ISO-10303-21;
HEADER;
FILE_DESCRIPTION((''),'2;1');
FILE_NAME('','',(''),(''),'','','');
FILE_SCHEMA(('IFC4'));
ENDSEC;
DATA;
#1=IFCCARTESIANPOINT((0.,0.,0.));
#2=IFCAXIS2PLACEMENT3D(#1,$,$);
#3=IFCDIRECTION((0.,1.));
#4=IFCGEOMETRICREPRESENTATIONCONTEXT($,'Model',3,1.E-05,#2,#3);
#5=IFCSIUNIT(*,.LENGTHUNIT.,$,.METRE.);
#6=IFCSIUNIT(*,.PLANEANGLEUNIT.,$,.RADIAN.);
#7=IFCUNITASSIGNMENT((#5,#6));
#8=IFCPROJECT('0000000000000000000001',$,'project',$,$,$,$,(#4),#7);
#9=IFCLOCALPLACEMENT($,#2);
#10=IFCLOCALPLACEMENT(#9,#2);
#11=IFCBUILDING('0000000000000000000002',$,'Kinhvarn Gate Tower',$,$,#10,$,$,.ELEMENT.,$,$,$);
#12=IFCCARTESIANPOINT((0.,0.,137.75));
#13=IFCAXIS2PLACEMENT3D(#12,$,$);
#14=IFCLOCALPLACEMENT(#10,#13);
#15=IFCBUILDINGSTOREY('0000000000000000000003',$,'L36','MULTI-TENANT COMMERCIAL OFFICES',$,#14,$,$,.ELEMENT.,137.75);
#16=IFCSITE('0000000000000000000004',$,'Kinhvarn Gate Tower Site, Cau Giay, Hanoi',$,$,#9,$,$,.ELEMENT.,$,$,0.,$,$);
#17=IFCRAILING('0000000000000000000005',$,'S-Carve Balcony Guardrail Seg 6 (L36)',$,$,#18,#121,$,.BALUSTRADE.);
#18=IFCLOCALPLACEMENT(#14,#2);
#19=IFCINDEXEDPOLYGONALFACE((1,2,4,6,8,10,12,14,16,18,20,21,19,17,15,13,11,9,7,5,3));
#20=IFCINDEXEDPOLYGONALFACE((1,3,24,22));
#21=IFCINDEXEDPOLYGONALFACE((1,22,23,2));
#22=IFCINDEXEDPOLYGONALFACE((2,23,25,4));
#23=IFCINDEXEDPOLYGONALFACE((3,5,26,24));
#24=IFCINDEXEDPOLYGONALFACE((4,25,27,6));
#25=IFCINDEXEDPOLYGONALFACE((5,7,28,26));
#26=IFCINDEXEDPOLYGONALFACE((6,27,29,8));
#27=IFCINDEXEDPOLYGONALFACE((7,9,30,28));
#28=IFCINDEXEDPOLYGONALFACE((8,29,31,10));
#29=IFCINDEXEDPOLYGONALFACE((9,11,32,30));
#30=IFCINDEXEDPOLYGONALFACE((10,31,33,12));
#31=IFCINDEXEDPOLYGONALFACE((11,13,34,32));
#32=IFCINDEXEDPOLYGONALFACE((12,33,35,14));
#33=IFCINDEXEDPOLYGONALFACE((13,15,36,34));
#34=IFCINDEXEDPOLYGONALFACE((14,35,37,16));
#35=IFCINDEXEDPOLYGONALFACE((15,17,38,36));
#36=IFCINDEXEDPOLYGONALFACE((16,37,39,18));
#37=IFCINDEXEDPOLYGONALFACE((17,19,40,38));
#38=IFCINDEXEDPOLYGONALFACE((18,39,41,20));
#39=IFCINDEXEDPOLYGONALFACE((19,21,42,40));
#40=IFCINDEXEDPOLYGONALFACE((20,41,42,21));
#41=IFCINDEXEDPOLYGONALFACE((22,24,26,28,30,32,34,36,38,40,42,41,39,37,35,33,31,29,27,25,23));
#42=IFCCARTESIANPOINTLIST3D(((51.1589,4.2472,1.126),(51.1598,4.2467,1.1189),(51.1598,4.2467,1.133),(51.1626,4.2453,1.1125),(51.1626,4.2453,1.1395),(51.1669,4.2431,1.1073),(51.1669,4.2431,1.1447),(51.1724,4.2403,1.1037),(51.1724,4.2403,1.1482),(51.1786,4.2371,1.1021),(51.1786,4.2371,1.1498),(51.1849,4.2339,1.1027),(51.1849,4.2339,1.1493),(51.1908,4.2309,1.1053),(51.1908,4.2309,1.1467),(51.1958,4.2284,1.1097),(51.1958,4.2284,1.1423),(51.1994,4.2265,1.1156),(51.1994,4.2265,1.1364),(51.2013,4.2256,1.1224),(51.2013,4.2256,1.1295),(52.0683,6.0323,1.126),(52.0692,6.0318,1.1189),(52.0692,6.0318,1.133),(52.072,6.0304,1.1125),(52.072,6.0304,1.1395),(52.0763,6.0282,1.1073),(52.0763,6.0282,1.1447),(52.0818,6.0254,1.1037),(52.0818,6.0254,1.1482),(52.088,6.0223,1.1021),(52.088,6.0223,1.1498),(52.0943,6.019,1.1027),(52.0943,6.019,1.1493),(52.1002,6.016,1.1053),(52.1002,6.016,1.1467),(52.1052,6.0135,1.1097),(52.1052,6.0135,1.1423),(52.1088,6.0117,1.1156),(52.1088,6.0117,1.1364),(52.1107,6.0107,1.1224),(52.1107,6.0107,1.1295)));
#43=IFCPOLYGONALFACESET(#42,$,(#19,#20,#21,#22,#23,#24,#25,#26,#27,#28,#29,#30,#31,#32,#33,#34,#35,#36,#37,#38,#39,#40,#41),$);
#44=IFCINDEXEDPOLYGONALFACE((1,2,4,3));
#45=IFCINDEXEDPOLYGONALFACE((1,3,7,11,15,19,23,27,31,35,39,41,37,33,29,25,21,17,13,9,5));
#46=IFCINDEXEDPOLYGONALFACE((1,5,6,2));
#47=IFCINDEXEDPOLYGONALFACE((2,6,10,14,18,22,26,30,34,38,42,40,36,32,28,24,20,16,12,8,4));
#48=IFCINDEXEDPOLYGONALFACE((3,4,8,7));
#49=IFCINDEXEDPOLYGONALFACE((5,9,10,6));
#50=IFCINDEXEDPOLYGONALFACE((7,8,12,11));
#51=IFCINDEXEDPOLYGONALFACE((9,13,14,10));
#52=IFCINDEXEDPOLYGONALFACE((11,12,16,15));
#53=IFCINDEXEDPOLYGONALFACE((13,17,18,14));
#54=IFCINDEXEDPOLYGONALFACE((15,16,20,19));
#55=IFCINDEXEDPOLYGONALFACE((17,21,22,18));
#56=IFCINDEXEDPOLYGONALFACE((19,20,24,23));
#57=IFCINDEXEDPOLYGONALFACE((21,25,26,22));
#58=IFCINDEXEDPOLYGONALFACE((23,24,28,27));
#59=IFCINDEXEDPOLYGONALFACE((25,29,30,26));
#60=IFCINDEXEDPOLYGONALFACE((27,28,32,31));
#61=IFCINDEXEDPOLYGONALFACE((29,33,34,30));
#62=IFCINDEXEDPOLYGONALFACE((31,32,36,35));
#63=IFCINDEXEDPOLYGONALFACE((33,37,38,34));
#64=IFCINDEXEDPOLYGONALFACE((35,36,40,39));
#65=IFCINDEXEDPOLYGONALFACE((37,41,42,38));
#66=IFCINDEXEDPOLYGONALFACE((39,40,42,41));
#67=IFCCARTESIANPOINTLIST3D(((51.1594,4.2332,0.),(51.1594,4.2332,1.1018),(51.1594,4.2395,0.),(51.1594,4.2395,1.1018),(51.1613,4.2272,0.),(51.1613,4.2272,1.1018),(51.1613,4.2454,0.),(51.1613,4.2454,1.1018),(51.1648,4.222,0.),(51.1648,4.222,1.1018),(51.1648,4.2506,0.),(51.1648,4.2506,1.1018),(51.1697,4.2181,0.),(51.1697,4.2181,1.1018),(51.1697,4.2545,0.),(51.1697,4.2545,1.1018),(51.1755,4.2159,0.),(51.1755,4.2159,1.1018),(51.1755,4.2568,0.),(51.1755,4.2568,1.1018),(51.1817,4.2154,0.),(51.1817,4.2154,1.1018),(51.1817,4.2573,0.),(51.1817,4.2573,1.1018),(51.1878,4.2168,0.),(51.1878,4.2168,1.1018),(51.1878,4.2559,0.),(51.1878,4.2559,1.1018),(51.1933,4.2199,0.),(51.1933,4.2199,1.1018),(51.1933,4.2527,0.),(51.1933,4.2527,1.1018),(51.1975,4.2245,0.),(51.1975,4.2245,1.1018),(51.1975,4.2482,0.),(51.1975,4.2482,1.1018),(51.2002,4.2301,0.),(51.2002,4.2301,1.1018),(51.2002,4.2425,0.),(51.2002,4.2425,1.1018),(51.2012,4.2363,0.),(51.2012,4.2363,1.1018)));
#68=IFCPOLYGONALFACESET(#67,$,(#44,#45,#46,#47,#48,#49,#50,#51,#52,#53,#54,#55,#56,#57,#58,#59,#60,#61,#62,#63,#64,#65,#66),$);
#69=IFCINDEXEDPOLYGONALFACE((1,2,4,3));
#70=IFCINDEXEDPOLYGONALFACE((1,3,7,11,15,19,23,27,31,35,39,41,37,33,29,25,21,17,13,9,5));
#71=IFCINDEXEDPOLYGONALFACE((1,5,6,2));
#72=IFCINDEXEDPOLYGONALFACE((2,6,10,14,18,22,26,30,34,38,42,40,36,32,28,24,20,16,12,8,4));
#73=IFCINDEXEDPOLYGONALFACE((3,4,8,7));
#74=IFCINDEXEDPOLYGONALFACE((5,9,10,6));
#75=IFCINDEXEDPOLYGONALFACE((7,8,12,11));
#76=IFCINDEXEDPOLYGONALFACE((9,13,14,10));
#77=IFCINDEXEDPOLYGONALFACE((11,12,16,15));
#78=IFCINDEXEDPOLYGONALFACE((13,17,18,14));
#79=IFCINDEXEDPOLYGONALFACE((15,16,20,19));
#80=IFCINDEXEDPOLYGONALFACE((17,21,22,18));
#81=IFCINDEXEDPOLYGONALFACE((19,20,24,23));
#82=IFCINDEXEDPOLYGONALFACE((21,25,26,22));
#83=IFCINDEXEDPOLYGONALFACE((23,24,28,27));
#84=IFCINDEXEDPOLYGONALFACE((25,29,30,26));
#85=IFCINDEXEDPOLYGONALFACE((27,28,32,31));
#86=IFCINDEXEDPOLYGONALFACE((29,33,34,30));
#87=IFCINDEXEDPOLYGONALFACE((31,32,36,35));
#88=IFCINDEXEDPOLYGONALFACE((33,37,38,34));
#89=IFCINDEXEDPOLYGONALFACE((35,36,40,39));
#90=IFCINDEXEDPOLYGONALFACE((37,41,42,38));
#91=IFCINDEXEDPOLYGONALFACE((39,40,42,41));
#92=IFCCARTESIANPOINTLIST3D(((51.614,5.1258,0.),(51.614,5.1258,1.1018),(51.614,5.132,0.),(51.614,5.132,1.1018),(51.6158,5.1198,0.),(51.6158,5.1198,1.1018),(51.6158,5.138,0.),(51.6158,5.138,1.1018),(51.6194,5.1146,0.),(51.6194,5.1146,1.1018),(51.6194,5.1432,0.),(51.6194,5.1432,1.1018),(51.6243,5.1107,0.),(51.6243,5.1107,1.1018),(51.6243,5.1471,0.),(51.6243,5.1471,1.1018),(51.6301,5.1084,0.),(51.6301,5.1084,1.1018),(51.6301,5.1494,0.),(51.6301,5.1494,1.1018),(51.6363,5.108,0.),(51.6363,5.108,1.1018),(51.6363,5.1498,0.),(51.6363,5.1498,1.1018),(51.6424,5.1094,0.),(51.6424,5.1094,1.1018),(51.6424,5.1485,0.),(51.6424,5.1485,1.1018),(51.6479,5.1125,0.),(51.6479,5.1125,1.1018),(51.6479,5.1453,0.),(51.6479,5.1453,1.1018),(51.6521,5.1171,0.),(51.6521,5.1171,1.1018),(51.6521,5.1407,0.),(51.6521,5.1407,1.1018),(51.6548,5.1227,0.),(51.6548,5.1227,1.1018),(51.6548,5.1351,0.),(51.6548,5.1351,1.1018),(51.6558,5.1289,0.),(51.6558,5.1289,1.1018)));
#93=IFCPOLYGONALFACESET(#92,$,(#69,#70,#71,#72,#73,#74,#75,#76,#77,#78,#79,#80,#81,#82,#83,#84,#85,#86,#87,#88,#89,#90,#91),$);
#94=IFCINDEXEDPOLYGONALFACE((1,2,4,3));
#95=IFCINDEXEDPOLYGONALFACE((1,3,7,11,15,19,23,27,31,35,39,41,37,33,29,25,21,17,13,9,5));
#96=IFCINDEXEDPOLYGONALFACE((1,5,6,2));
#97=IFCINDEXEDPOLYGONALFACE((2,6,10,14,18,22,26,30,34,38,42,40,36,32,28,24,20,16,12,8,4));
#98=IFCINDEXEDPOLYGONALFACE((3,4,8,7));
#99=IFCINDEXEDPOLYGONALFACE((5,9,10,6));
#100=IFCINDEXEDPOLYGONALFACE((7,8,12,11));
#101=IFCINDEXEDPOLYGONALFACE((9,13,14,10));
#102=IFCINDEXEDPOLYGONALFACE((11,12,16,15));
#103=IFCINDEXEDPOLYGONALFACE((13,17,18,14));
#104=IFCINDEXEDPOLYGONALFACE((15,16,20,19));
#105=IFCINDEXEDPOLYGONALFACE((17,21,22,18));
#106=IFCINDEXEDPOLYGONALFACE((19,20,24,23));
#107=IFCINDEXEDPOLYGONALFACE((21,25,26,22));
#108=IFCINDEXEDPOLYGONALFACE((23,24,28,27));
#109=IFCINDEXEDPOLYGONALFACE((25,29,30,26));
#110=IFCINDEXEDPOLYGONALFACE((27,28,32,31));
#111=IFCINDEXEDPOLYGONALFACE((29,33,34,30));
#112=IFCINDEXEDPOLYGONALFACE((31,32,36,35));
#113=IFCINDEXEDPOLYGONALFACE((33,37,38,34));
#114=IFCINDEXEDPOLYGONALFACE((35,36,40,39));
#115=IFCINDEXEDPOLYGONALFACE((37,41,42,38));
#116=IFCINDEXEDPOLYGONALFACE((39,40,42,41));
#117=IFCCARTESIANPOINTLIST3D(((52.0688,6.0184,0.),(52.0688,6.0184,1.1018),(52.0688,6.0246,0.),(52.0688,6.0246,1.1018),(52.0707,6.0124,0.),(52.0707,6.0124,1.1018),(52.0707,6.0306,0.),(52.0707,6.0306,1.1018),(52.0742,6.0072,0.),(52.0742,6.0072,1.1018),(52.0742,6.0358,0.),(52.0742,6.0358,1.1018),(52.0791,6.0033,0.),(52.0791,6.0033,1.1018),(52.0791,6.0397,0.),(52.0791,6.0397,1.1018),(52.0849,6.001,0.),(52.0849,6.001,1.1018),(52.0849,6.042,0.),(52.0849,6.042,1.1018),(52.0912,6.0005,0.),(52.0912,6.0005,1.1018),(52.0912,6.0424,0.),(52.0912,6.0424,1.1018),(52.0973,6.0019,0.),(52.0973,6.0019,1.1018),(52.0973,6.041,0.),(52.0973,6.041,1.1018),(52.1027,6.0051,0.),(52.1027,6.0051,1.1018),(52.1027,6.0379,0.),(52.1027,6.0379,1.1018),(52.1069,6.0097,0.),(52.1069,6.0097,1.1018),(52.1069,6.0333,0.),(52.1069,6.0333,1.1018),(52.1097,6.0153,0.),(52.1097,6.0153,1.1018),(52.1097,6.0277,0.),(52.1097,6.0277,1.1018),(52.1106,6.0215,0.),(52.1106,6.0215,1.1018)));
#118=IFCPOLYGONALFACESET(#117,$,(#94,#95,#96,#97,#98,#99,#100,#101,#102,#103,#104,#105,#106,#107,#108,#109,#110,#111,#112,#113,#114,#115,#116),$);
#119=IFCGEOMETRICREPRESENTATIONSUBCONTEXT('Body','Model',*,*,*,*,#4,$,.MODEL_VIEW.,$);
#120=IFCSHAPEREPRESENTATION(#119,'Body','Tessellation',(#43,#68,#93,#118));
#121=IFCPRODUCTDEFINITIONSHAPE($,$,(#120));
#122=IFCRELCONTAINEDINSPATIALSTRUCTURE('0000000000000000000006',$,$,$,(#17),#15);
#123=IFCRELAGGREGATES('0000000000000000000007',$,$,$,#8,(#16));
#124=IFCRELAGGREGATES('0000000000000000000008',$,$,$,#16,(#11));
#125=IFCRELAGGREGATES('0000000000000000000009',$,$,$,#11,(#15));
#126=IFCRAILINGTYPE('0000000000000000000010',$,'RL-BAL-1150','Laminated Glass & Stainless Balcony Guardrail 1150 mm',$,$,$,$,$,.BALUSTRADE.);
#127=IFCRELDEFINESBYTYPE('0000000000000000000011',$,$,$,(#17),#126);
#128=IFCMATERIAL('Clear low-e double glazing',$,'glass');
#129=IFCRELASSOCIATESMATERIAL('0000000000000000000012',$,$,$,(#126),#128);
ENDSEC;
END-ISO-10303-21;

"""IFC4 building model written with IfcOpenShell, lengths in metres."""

from ifc_helpers import new_model, si_unit, direction, frame, origin, origin_2d, place, context, subcontext, project, spatial, circle, extrude, material, type_object, element, save


model = new_model("IFC4")

# Units and contexts
model_context = context("Model", 3, precision=1e-05, world=origin(), true_north=direction((0.0, 1.0)))
body_context = subcontext(model_context, "Body", "Model", "MODEL_VIEW")
ifc_project = project(units=[si_unit("LENGTHUNIT", "METRE"), si_unit("PLANEANGLEUNIT", "RADIAN")], contexts=[model_context])

# Site, building, storey
site_placement = place(None, origin())
site = spatial("IfcSite", under=ifc_project, at=site_placement, Name="Kinhvarn Gate Tower Site, Cau Giay, Hanoi", CompositionType="ELEMENT", RefElevation=0.0)
building_placement = place(site_placement, origin())
building = spatial("IfcBuilding", under=site, at=building_placement, Name="Kinhvarn Gate Tower", CompositionType="ELEMENT")
storey_placement = place(building_placement, frame((0.0, 0.0, 137.75)))
storey = spatial("IfcBuildingStorey", under=building, at=storey_placement, Name="L36", Description="MULTI-TENANT COMMERCIAL OFFICES", CompositionType="ELEMENT", Elevation=137.75)

# Shared definitions
ifc_material_1 = material(Name="Clear low-e double glazing", Category="glass")

# Railing
railing_type = type_object("IfcRailingType", Name="RL-BAL-1150", Description="Laminated Glass & Stainless Balcony Guardrail 1150 mm", PredefinedType="BALUSTRADE", material=ifc_material_1)
railing_1_placement = place(storey_placement, frame((51.1802, 4.2363, 0.0)))
element("IfcRailing", 1, at=railing_1_placement, inside=storey, type_object=railing_type, Name="S-Carve Balcony Guardrail Seg 6 (L36)", PredefinedType="BALUSTRADE", context=body_context, shape_type="SweptSolid", body=[
    extrude(circle(Radius=0.0239, at=origin_2d()), frame((0.0, 0.0, 1.126), z_axis=(0.453928, 0.891039, 0.0), x_axis=(-0.891039, 0.453928, 0.0)), (0.0, 0.0, 1.0), 2.0034),
    extrude(circle(Radius=0.021, at=origin_2d()), origin(), (0.0, 0.0, 1.0), 1.1018),
    extrude(circle(Radius=0.021, at=origin_2d()), frame((0.4546, 0.8926, 0.0)), (0.0, 0.0, 1.0), 1.1018),
    extrude(circle(Radius=0.021, at=origin_2d()), frame((0.9094, 1.7852, 0.0)), (0.0, 0.0, 1.0), 1.1018),
])

save(model, "model.ifc")
